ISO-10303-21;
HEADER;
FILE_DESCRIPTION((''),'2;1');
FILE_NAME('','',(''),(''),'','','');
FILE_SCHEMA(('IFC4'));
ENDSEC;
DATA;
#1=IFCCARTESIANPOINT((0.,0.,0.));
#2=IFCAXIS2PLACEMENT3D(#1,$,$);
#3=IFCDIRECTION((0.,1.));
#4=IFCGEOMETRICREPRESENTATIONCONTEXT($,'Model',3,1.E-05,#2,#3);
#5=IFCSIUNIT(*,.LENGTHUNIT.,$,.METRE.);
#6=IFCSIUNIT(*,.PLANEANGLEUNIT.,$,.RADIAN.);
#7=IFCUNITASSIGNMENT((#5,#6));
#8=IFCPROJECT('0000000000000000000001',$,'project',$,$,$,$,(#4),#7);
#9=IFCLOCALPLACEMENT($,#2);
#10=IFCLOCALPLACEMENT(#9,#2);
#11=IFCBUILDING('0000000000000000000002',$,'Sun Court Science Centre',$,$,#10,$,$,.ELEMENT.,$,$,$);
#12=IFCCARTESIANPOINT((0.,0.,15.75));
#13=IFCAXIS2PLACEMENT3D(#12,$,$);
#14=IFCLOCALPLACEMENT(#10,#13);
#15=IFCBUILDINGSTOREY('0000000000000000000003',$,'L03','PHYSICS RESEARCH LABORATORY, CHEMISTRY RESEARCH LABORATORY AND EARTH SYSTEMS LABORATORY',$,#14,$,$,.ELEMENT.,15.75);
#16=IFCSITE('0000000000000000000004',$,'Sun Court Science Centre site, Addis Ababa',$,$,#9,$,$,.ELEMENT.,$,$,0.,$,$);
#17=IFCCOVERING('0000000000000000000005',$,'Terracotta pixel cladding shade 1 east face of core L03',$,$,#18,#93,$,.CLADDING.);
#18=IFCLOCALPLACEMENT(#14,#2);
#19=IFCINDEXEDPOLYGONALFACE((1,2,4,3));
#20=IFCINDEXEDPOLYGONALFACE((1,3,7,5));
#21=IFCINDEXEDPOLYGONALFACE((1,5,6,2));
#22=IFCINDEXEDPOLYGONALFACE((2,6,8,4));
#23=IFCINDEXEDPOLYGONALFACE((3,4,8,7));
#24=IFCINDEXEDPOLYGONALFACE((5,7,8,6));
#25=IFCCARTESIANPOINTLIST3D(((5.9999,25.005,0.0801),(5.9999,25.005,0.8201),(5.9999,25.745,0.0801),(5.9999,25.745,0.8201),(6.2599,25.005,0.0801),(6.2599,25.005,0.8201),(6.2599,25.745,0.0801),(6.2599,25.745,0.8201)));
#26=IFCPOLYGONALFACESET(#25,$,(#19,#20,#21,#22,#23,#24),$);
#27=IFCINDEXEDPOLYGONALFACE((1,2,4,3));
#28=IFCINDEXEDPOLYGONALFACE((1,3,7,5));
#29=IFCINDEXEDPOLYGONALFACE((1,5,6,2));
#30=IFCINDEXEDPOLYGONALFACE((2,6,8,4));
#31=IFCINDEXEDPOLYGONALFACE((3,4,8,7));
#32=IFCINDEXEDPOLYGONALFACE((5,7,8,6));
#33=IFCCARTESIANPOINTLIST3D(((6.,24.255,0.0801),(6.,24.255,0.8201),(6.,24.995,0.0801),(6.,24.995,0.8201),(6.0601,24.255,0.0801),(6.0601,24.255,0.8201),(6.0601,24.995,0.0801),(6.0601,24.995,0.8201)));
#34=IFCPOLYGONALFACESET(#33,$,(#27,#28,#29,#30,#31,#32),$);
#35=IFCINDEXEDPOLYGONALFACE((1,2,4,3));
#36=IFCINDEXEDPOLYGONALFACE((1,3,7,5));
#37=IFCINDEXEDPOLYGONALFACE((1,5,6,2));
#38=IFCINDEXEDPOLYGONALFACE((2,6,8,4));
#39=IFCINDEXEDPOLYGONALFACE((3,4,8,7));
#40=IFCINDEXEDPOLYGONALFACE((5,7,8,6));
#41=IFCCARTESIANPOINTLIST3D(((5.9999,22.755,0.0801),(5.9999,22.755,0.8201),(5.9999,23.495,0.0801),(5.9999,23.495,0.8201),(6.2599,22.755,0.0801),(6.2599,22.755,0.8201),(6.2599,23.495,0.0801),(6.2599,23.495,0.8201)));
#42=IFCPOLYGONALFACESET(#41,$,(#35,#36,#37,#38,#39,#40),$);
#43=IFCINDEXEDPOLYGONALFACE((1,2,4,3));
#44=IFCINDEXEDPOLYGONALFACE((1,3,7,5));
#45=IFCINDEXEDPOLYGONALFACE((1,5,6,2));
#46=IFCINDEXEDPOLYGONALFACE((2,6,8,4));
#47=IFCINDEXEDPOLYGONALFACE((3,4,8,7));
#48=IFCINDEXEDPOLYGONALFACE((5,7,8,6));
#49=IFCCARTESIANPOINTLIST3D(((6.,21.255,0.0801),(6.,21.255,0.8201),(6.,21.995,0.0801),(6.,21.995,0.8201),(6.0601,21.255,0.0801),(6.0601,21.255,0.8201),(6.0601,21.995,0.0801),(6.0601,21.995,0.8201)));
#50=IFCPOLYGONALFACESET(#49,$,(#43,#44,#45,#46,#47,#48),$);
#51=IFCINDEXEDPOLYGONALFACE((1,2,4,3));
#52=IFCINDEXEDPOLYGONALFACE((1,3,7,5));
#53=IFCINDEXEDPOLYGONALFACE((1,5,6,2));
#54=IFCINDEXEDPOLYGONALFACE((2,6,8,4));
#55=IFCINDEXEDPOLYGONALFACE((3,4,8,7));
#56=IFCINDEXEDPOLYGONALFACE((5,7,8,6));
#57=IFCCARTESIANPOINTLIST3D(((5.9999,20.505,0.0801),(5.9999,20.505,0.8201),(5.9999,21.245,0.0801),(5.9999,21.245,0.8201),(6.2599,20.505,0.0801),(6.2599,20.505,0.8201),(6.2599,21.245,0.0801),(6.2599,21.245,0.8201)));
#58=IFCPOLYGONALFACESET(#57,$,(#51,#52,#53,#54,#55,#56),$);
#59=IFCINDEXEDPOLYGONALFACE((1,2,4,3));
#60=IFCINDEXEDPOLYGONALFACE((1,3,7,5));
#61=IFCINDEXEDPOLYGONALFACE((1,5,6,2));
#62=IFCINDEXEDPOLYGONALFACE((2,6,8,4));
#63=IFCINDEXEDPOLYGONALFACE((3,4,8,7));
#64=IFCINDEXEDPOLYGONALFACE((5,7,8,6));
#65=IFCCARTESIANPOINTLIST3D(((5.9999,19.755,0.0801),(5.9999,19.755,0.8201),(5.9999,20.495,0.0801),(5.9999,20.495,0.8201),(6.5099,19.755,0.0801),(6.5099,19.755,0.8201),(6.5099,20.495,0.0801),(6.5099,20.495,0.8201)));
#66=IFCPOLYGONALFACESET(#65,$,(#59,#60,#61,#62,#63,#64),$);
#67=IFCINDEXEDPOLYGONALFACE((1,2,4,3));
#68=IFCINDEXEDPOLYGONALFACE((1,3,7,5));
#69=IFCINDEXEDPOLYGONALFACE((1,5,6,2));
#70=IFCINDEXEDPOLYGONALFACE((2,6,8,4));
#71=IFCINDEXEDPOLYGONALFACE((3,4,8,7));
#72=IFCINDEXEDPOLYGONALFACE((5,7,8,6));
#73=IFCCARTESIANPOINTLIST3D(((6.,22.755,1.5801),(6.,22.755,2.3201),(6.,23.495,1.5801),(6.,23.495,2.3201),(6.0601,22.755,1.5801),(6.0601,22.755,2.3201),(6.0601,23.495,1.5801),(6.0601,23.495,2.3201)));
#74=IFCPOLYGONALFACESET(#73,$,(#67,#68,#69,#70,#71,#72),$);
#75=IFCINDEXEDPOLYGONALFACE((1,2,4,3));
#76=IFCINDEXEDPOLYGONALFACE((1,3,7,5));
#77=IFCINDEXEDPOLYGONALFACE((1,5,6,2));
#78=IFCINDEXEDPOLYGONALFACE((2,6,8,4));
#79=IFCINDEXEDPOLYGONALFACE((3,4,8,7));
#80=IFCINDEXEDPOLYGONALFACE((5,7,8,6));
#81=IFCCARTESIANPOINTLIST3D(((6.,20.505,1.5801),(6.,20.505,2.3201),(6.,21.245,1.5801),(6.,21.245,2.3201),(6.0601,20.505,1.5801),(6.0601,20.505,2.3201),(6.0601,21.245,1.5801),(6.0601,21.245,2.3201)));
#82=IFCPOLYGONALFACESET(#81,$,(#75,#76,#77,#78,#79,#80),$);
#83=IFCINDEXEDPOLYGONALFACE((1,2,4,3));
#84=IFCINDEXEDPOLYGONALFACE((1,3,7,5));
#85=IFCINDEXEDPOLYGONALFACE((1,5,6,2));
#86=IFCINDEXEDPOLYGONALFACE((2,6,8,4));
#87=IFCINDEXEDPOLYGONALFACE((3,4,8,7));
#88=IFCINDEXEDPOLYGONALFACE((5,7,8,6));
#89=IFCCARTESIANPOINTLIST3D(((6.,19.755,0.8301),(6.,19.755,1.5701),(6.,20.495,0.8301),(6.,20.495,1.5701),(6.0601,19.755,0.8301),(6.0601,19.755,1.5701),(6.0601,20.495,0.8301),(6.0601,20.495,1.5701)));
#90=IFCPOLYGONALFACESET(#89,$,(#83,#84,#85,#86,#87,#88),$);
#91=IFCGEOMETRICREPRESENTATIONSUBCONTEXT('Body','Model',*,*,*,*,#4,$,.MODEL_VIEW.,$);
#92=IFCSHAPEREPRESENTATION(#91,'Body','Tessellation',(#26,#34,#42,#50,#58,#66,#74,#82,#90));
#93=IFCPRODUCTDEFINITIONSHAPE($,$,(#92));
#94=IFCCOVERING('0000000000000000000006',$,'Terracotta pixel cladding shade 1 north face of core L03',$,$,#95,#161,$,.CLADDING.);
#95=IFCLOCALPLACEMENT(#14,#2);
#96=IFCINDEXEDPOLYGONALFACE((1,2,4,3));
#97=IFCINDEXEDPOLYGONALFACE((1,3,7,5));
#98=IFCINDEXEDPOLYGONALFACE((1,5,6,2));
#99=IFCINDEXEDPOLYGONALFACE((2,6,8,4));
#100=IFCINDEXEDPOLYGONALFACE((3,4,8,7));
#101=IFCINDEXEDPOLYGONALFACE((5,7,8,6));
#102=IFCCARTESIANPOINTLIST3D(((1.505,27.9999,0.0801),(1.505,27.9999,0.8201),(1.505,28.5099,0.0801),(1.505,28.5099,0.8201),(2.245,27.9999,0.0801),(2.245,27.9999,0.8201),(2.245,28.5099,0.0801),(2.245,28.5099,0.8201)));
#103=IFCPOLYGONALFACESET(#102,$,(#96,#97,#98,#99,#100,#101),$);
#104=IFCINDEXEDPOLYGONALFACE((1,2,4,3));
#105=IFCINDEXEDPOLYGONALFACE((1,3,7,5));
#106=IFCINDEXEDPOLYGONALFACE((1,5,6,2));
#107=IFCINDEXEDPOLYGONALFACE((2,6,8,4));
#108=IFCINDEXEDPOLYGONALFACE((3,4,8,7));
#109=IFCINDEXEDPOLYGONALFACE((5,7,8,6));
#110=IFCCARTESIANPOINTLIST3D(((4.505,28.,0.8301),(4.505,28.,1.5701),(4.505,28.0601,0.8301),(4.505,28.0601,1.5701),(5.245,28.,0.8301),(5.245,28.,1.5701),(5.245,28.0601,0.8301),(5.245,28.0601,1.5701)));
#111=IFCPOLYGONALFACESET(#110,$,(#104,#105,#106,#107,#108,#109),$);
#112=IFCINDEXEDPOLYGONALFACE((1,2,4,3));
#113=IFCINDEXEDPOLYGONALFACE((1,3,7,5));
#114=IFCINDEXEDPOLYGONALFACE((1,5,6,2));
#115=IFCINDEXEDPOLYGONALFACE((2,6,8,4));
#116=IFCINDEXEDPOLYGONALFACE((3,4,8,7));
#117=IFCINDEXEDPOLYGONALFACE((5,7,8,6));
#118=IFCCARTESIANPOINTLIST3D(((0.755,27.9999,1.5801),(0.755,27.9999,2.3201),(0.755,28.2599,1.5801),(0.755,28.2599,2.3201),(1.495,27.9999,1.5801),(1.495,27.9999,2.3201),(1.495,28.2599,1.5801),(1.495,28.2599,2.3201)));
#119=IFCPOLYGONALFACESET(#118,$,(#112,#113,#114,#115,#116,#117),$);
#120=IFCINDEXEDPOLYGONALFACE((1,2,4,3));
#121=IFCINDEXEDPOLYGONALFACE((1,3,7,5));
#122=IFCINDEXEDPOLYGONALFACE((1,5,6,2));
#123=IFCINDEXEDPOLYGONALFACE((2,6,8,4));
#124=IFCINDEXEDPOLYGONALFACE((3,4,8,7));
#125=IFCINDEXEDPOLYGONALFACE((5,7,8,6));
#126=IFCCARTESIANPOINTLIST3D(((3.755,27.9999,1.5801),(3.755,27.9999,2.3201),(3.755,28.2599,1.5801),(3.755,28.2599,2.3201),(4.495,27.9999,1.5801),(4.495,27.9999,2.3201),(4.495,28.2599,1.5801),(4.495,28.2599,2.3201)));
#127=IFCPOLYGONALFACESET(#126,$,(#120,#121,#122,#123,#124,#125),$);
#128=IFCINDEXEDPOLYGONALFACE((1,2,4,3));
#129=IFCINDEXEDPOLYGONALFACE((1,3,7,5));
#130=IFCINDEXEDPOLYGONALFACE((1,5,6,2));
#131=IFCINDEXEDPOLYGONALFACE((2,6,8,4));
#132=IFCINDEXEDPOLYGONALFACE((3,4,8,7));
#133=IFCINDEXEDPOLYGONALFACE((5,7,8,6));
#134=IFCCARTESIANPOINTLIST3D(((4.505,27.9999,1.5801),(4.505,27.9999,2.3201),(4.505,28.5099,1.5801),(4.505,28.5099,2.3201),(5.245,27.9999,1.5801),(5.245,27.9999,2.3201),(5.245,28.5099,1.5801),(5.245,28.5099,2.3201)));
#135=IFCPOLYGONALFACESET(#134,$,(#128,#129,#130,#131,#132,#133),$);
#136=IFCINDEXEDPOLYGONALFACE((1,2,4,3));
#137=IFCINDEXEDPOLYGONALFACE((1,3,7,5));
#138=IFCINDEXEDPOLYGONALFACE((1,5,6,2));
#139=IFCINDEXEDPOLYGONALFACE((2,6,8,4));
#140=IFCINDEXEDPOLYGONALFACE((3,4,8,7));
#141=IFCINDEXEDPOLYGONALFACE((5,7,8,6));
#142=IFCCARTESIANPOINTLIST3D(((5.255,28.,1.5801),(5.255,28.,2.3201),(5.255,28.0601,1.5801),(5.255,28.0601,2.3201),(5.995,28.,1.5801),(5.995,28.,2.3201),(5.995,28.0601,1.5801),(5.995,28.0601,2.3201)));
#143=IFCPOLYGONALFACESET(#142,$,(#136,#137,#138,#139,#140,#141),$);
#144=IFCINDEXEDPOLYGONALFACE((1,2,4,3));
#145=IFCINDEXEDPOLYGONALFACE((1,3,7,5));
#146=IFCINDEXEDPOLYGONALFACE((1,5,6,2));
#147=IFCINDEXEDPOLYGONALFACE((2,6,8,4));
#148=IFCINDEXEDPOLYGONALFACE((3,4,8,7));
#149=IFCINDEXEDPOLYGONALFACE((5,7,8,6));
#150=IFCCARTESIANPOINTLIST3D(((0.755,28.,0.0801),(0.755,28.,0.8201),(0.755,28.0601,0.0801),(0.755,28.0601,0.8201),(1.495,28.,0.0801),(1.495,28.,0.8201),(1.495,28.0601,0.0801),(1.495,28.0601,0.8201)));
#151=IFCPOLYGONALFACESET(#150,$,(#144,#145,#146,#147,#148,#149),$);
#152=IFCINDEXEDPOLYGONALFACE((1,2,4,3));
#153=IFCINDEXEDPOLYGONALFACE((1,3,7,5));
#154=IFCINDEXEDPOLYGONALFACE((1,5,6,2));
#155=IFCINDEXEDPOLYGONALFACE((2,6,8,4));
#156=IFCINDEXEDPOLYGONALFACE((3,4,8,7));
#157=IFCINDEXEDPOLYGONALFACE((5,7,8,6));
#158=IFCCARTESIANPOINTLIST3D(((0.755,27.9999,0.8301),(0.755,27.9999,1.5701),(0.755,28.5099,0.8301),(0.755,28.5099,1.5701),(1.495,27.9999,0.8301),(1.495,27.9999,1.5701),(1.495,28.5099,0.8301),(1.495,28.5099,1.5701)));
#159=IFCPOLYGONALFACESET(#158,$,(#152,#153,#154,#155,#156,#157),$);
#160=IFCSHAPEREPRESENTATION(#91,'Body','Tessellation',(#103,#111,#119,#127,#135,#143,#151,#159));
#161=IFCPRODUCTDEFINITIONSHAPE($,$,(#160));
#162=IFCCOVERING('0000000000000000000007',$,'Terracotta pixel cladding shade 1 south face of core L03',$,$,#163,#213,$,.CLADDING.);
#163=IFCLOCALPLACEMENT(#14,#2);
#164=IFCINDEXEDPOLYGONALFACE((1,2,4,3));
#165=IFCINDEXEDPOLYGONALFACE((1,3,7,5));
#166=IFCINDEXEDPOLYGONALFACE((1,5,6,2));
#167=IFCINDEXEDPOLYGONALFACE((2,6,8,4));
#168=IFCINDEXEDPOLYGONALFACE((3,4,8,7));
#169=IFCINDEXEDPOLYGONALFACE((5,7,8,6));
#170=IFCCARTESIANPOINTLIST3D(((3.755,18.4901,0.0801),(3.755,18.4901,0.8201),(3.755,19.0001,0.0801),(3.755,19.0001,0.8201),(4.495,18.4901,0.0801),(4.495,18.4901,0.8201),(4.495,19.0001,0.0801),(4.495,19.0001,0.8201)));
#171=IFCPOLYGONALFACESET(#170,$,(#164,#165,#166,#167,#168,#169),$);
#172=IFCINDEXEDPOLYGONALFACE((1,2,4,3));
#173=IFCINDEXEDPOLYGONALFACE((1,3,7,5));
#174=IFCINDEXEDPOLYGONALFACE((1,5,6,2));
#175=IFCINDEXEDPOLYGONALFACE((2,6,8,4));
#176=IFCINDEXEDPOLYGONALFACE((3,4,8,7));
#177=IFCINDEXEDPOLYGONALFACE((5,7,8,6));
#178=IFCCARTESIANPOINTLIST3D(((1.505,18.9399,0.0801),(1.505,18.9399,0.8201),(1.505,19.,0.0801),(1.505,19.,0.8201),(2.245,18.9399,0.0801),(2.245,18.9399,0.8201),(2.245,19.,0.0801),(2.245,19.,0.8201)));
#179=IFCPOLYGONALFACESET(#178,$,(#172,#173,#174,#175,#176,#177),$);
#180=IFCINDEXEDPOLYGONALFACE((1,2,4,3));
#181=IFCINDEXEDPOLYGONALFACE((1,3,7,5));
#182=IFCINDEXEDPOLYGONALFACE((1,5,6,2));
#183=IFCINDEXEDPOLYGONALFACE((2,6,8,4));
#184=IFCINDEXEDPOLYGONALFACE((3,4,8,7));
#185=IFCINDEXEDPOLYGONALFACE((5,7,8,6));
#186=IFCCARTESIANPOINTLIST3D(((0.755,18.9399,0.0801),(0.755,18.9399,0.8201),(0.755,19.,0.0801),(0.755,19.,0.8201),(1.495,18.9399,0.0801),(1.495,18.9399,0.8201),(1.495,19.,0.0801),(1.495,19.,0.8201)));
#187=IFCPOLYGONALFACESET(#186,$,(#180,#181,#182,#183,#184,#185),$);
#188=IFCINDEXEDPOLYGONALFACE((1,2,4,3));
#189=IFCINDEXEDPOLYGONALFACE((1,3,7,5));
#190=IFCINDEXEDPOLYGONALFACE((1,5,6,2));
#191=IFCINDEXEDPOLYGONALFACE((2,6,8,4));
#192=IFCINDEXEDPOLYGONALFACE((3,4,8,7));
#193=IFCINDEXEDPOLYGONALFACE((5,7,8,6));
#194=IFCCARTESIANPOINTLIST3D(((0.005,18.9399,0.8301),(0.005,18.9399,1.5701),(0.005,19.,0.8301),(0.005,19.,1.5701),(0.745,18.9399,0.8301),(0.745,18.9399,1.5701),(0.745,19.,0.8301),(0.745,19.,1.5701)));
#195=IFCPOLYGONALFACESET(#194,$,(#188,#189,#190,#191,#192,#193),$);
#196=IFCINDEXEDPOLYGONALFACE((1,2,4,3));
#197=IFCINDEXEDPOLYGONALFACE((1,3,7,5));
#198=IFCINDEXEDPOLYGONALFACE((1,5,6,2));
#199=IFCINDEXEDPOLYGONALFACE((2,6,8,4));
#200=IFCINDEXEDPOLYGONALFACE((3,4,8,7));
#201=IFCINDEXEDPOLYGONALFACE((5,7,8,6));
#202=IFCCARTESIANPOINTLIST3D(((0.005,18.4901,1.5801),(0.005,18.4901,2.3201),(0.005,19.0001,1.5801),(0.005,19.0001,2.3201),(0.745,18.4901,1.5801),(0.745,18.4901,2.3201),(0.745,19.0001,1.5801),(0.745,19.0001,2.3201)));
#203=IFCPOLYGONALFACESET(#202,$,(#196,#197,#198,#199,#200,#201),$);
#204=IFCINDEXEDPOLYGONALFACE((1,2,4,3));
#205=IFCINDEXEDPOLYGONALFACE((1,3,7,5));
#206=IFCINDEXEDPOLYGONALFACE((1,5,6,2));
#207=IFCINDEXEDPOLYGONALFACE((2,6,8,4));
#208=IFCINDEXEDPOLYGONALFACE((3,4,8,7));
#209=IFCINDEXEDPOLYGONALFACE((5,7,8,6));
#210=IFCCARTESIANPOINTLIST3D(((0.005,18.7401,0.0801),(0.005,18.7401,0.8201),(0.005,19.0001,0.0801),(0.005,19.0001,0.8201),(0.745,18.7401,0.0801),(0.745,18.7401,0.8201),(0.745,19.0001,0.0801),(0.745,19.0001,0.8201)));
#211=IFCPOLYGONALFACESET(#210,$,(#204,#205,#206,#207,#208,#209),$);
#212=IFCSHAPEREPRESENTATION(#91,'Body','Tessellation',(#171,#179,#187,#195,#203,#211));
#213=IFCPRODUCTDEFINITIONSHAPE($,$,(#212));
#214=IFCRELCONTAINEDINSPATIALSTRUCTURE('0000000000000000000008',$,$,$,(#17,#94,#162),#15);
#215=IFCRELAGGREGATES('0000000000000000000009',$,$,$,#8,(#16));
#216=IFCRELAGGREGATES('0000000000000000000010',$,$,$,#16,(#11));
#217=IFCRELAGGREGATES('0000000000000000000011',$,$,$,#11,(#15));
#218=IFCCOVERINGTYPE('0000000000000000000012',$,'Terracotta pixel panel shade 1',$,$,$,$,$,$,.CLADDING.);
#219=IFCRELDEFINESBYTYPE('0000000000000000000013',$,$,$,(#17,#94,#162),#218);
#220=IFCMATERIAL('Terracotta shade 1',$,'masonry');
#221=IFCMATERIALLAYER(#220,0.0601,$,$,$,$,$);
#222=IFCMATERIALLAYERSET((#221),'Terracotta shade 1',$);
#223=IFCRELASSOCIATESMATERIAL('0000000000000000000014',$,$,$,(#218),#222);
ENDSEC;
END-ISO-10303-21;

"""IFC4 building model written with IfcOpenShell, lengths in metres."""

from ifc_helpers import new_model, si_unit, direction, frame, origin, origin_2d, place, context, subcontext, project, spatial, rectangle, extrude, material, layer, layer_set, type_object, element, save


model = new_model("IFC4")

# Units and contexts
model_context = context("Model", 3, precision=1e-05, world=origin(), true_north=direction((0.0, 1.0)))
body_context = subcontext(model_context, "Body", "Model", "MODEL_VIEW")
ifc_project = project(units=[si_unit("LENGTHUNIT", "METRE"), si_unit("PLANEANGLEUNIT", "RADIAN")], contexts=[model_context])

# Site, building, storey
site_placement = place(None, origin())
site = spatial("IfcSite", under=ifc_project, at=site_placement, Name="Sun Court Science Centre site, Addis Ababa", CompositionType="ELEMENT", RefElevation=0.0)
building_placement = place(site_placement, origin())
building = spatial("IfcBuilding", under=site, at=building_placement, Name="Sun Court Science Centre", CompositionType="ELEMENT")
storey_placement = place(building_placement, frame((0.0, 0.0, 15.75)))
storey = spatial("IfcBuildingStorey", under=building, at=storey_placement, Name="L03", Description="PHYSICS RESEARCH LABORATORY, CHEMISTRY RESEARCH LABORATORY AND EARTH SYSTEMS LABORATORY", CompositionType="ELEMENT", Elevation=15.75)

# Coverings
ifc_material_1 = material(Name="Terracotta shade 1", Category="masonry")
ifc_layer_1 = layer(ifc_material_1, 0.0601)
ifc_layer_set_1 = layer_set([ifc_layer_1], Name="Terracotta shade 1")
covering_type_1 = type_object("IfcCoveringType", Name="Terracotta pixel panel shade 1", PredefinedType="CLADDING", material=ifc_layer_set_1)
covering_1_placement = place(storey_placement, frame((0.0, 0.0, -15.75)))
element("IfcCovering", 1, at=covering_1_placement, inside=storey, type_object=covering_type_1, Name="Terracotta pixel cladding shade 1 east face of core L03", PredefinedType="CLADDING", context=body_context, shape_type="SweptSolid", body=[
    extrude(rectangle(XDim=0.74, YDim=0.26, at=origin_2d()), frame((6.1299, 25.375, 15.8301), z_axis=(0.0, 0.0, 1.0), x_axis=(0.0, -1.0, 0.0)), (0.0, 0.0, 1.0), 0.74),
    extrude(rectangle(XDim=0.74, YDim=0.0601, at=origin_2d()), frame((6.03, 24.625, 15.8301), z_axis=(0.0, 0.0, 1.0), x_axis=(0.0, -1.0, 0.0)), (0.0, 0.0, 1.0), 0.74),
    extrude(rectangle(XDim=0.74, YDim=0.26, at=origin_2d()), frame((6.1299, 23.125, 15.8301), z_axis=(0.0, 0.0, 1.0), x_axis=(0.0, -1.0, 0.0)), (0.0, 0.0, 1.0), 0.74),
    extrude(rectangle(XDim=0.74, YDim=0.0601, at=origin_2d()), frame((6.03, 21.625, 15.8301), z_axis=(0.0, 0.0, 1.0), x_axis=(0.0, -1.0, 0.0)), (0.0, 0.0, 1.0), 0.74),
    extrude(rectangle(XDim=0.74, YDim=0.26, at=origin_2d()), frame((6.1299, 20.875, 15.8301), z_axis=(0.0, 0.0, 1.0), x_axis=(0.0, -1.0, 0.0)), (0.0, 0.0, 1.0), 0.74),
    extrude(rectangle(XDim=0.74, YDim=0.51, at=origin_2d()), frame((6.2549, 20.125, 15.8301), z_axis=(0.0, 0.0, 1.0), x_axis=(0.0, -1.0, 0.0)), (0.0, 0.0, 1.0), 0.74),
    extrude(rectangle(XDim=0.74, YDim=0.0601, at=origin_2d()), frame((6.03, 23.125, 17.3301), z_axis=(0.0, 0.0, 1.0), x_axis=(0.0, -1.0, 0.0)), (0.0, 0.0, 1.0), 0.74),
    extrude(rectangle(XDim=0.74, YDim=0.0601, at=origin_2d()), frame((6.03, 20.875, 17.3301), z_axis=(0.0, 0.0, 1.0), x_axis=(0.0, -1.0, 0.0)), (0.0, 0.0, 1.0), 0.74),
    extrude(rectangle(XDim=0.74, YDim=0.0601, at=origin_2d()), frame((6.03, 20.125, 16.5801), z_axis=(0.0, 0.0, 1.0), x_axis=(0.0, -1.0, 0.0)), (0.0, 0.0, 1.0), 0.74),
])
covering_2_placement = place(storey_placement, frame((0.0, 0.0, -15.75)))
element("IfcCovering", 2, at=covering_2_placement, inside=storey, type_object=covering_type_1, Name="Terracotta pixel cladding shade 1 north face of core L03", PredefinedType="CLADDING", context=body_context, shape_type="SweptSolid", body=[
    extrude(rectangle(XDim=0.74, YDim=0.51, at=origin_2d()), frame((1.875, 28.2549, 15.8301), z_axis=(0.0, 0.0, 1.0), x_axis=(1.0, 0.0, 0.0)), (0.0, 0.0, 1.0), 0.74),
    extrude(rectangle(XDim=0.74, YDim=0.0601, at=origin_2d()), frame((4.875, 28.03, 16.5801), z_axis=(0.0, 0.0, 1.0), x_axis=(1.0, 0.0, 0.0)), (0.0, 0.0, 1.0), 0.74),
    extrude(rectangle(XDim=0.74, YDim=0.26, at=origin_2d()), frame((1.125, 28.1299, 17.3301), z_axis=(0.0, 0.0, 1.0), x_axis=(1.0, 0.0, 0.0)), (0.0, 0.0, 1.0), 0.74),
    extrude(rectangle(XDim=0.74, YDim=0.26, at=origin_2d()), frame((4.125, 28.1299, 17.3301), z_axis=(0.0, 0.0, 1.0), x_axis=(1.0, 0.0, 0.0)), (0.0, 0.0, 1.0), 0.74),
    extrude(rectangle(XDim=0.74, YDim=0.51, at=origin_2d()), frame((4.875, 28.2549, 17.3301), z_axis=(0.0, 0.0, 1.0), x_axis=(1.0, 0.0, 0.0)), (0.0, 0.0, 1.0), 0.74),
    extrude(rectangle(XDim=0.74, YDim=0.0601, at=origin_2d()), frame((5.625, 28.03, 17.3301), z_axis=(0.0, 0.0, 1.0), x_axis=(1.0, 0.0, 0.0)), (0.0, 0.0, 1.0), 0.74),
    extrude(rectangle(XDim=0.74, YDim=0.0601, at=origin_2d()), frame((1.125, 28.03, 15.8301), z_axis=(0.0, 0.0, 1.0), x_axis=(1.0, 0.0, 0.0)), (0.0, 0.0, 1.0), 0.74),
    extrude(rectangle(XDim=0.74, YDim=0.51, at=origin_2d()), frame((1.125, 28.2549, 16.5801), z_axis=(0.0, 0.0, 1.0), x_axis=(1.0, 0.0, 0.0)), (0.0, 0.0, 1.0), 0.74),
])
covering_3_placement = place(storey_placement, frame((0.0, 0.0, -15.75)))
element("IfcCovering", 3, at=covering_3_placement, inside=storey, type_object=covering_type_1, Name="Terracotta pixel cladding shade 1 south face of core L03", PredefinedType="CLADDING", context=body_context, shape_type="SweptSolid", body=[
    extrude(rectangle(XDim=0.74, YDim=0.51, at=origin_2d()), frame((4.125, 18.7451, 15.8301), z_axis=(0.0, 0.0, 1.0), x_axis=(-1.0, 0.0, 0.0)), (0.0, 0.0, 1.0), 0.74),
    extrude(rectangle(XDim=0.74, YDim=0.0601, at=origin_2d()), frame((1.875, 18.97, 15.8301), z_axis=(0.0, 0.0, 1.0), x_axis=(-1.0, 0.0, 0.0)), (0.0, 0.0, 1.0), 0.74),
    extrude(rectangle(XDim=0.74, YDim=0.0601, at=origin_2d()), frame((1.125, 18.97, 15.8301), z_axis=(0.0, 0.0, 1.0), x_axis=(-1.0, 0.0, 0.0)), (0.0, 0.0, 1.0), 0.74),
    extrude(rectangle(XDim=0.74, YDim=0.0601, at=origin_2d()), frame((0.375, 18.97, 16.5801), z_axis=(0.0, 0.0, 1.0), x_axis=(-1.0, 0.0, 0.0)), (0.0, 0.0, 1.0), 0.74),
    extrude(rectangle(XDim=0.74, YDim=0.51, at=origin_2d()), frame((0.375, 18.7451, 17.3301), z_axis=(0.0, 0.0, 1.0), x_axis=(-1.0, 0.0, 0.0)), (0.0, 0.0, 1.0), 0.74),
    extrude(rectangle(XDim=0.74, YDim=0.26, at=origin_2d()), frame((0.375, 18.8701, 15.8301), z_axis=(0.0, 0.0, 1.0), x_axis=(-1.0, 0.0, 0.0)), (0.0, 0.0, 1.0), 0.74),
])

save(model, "model.ifc")
